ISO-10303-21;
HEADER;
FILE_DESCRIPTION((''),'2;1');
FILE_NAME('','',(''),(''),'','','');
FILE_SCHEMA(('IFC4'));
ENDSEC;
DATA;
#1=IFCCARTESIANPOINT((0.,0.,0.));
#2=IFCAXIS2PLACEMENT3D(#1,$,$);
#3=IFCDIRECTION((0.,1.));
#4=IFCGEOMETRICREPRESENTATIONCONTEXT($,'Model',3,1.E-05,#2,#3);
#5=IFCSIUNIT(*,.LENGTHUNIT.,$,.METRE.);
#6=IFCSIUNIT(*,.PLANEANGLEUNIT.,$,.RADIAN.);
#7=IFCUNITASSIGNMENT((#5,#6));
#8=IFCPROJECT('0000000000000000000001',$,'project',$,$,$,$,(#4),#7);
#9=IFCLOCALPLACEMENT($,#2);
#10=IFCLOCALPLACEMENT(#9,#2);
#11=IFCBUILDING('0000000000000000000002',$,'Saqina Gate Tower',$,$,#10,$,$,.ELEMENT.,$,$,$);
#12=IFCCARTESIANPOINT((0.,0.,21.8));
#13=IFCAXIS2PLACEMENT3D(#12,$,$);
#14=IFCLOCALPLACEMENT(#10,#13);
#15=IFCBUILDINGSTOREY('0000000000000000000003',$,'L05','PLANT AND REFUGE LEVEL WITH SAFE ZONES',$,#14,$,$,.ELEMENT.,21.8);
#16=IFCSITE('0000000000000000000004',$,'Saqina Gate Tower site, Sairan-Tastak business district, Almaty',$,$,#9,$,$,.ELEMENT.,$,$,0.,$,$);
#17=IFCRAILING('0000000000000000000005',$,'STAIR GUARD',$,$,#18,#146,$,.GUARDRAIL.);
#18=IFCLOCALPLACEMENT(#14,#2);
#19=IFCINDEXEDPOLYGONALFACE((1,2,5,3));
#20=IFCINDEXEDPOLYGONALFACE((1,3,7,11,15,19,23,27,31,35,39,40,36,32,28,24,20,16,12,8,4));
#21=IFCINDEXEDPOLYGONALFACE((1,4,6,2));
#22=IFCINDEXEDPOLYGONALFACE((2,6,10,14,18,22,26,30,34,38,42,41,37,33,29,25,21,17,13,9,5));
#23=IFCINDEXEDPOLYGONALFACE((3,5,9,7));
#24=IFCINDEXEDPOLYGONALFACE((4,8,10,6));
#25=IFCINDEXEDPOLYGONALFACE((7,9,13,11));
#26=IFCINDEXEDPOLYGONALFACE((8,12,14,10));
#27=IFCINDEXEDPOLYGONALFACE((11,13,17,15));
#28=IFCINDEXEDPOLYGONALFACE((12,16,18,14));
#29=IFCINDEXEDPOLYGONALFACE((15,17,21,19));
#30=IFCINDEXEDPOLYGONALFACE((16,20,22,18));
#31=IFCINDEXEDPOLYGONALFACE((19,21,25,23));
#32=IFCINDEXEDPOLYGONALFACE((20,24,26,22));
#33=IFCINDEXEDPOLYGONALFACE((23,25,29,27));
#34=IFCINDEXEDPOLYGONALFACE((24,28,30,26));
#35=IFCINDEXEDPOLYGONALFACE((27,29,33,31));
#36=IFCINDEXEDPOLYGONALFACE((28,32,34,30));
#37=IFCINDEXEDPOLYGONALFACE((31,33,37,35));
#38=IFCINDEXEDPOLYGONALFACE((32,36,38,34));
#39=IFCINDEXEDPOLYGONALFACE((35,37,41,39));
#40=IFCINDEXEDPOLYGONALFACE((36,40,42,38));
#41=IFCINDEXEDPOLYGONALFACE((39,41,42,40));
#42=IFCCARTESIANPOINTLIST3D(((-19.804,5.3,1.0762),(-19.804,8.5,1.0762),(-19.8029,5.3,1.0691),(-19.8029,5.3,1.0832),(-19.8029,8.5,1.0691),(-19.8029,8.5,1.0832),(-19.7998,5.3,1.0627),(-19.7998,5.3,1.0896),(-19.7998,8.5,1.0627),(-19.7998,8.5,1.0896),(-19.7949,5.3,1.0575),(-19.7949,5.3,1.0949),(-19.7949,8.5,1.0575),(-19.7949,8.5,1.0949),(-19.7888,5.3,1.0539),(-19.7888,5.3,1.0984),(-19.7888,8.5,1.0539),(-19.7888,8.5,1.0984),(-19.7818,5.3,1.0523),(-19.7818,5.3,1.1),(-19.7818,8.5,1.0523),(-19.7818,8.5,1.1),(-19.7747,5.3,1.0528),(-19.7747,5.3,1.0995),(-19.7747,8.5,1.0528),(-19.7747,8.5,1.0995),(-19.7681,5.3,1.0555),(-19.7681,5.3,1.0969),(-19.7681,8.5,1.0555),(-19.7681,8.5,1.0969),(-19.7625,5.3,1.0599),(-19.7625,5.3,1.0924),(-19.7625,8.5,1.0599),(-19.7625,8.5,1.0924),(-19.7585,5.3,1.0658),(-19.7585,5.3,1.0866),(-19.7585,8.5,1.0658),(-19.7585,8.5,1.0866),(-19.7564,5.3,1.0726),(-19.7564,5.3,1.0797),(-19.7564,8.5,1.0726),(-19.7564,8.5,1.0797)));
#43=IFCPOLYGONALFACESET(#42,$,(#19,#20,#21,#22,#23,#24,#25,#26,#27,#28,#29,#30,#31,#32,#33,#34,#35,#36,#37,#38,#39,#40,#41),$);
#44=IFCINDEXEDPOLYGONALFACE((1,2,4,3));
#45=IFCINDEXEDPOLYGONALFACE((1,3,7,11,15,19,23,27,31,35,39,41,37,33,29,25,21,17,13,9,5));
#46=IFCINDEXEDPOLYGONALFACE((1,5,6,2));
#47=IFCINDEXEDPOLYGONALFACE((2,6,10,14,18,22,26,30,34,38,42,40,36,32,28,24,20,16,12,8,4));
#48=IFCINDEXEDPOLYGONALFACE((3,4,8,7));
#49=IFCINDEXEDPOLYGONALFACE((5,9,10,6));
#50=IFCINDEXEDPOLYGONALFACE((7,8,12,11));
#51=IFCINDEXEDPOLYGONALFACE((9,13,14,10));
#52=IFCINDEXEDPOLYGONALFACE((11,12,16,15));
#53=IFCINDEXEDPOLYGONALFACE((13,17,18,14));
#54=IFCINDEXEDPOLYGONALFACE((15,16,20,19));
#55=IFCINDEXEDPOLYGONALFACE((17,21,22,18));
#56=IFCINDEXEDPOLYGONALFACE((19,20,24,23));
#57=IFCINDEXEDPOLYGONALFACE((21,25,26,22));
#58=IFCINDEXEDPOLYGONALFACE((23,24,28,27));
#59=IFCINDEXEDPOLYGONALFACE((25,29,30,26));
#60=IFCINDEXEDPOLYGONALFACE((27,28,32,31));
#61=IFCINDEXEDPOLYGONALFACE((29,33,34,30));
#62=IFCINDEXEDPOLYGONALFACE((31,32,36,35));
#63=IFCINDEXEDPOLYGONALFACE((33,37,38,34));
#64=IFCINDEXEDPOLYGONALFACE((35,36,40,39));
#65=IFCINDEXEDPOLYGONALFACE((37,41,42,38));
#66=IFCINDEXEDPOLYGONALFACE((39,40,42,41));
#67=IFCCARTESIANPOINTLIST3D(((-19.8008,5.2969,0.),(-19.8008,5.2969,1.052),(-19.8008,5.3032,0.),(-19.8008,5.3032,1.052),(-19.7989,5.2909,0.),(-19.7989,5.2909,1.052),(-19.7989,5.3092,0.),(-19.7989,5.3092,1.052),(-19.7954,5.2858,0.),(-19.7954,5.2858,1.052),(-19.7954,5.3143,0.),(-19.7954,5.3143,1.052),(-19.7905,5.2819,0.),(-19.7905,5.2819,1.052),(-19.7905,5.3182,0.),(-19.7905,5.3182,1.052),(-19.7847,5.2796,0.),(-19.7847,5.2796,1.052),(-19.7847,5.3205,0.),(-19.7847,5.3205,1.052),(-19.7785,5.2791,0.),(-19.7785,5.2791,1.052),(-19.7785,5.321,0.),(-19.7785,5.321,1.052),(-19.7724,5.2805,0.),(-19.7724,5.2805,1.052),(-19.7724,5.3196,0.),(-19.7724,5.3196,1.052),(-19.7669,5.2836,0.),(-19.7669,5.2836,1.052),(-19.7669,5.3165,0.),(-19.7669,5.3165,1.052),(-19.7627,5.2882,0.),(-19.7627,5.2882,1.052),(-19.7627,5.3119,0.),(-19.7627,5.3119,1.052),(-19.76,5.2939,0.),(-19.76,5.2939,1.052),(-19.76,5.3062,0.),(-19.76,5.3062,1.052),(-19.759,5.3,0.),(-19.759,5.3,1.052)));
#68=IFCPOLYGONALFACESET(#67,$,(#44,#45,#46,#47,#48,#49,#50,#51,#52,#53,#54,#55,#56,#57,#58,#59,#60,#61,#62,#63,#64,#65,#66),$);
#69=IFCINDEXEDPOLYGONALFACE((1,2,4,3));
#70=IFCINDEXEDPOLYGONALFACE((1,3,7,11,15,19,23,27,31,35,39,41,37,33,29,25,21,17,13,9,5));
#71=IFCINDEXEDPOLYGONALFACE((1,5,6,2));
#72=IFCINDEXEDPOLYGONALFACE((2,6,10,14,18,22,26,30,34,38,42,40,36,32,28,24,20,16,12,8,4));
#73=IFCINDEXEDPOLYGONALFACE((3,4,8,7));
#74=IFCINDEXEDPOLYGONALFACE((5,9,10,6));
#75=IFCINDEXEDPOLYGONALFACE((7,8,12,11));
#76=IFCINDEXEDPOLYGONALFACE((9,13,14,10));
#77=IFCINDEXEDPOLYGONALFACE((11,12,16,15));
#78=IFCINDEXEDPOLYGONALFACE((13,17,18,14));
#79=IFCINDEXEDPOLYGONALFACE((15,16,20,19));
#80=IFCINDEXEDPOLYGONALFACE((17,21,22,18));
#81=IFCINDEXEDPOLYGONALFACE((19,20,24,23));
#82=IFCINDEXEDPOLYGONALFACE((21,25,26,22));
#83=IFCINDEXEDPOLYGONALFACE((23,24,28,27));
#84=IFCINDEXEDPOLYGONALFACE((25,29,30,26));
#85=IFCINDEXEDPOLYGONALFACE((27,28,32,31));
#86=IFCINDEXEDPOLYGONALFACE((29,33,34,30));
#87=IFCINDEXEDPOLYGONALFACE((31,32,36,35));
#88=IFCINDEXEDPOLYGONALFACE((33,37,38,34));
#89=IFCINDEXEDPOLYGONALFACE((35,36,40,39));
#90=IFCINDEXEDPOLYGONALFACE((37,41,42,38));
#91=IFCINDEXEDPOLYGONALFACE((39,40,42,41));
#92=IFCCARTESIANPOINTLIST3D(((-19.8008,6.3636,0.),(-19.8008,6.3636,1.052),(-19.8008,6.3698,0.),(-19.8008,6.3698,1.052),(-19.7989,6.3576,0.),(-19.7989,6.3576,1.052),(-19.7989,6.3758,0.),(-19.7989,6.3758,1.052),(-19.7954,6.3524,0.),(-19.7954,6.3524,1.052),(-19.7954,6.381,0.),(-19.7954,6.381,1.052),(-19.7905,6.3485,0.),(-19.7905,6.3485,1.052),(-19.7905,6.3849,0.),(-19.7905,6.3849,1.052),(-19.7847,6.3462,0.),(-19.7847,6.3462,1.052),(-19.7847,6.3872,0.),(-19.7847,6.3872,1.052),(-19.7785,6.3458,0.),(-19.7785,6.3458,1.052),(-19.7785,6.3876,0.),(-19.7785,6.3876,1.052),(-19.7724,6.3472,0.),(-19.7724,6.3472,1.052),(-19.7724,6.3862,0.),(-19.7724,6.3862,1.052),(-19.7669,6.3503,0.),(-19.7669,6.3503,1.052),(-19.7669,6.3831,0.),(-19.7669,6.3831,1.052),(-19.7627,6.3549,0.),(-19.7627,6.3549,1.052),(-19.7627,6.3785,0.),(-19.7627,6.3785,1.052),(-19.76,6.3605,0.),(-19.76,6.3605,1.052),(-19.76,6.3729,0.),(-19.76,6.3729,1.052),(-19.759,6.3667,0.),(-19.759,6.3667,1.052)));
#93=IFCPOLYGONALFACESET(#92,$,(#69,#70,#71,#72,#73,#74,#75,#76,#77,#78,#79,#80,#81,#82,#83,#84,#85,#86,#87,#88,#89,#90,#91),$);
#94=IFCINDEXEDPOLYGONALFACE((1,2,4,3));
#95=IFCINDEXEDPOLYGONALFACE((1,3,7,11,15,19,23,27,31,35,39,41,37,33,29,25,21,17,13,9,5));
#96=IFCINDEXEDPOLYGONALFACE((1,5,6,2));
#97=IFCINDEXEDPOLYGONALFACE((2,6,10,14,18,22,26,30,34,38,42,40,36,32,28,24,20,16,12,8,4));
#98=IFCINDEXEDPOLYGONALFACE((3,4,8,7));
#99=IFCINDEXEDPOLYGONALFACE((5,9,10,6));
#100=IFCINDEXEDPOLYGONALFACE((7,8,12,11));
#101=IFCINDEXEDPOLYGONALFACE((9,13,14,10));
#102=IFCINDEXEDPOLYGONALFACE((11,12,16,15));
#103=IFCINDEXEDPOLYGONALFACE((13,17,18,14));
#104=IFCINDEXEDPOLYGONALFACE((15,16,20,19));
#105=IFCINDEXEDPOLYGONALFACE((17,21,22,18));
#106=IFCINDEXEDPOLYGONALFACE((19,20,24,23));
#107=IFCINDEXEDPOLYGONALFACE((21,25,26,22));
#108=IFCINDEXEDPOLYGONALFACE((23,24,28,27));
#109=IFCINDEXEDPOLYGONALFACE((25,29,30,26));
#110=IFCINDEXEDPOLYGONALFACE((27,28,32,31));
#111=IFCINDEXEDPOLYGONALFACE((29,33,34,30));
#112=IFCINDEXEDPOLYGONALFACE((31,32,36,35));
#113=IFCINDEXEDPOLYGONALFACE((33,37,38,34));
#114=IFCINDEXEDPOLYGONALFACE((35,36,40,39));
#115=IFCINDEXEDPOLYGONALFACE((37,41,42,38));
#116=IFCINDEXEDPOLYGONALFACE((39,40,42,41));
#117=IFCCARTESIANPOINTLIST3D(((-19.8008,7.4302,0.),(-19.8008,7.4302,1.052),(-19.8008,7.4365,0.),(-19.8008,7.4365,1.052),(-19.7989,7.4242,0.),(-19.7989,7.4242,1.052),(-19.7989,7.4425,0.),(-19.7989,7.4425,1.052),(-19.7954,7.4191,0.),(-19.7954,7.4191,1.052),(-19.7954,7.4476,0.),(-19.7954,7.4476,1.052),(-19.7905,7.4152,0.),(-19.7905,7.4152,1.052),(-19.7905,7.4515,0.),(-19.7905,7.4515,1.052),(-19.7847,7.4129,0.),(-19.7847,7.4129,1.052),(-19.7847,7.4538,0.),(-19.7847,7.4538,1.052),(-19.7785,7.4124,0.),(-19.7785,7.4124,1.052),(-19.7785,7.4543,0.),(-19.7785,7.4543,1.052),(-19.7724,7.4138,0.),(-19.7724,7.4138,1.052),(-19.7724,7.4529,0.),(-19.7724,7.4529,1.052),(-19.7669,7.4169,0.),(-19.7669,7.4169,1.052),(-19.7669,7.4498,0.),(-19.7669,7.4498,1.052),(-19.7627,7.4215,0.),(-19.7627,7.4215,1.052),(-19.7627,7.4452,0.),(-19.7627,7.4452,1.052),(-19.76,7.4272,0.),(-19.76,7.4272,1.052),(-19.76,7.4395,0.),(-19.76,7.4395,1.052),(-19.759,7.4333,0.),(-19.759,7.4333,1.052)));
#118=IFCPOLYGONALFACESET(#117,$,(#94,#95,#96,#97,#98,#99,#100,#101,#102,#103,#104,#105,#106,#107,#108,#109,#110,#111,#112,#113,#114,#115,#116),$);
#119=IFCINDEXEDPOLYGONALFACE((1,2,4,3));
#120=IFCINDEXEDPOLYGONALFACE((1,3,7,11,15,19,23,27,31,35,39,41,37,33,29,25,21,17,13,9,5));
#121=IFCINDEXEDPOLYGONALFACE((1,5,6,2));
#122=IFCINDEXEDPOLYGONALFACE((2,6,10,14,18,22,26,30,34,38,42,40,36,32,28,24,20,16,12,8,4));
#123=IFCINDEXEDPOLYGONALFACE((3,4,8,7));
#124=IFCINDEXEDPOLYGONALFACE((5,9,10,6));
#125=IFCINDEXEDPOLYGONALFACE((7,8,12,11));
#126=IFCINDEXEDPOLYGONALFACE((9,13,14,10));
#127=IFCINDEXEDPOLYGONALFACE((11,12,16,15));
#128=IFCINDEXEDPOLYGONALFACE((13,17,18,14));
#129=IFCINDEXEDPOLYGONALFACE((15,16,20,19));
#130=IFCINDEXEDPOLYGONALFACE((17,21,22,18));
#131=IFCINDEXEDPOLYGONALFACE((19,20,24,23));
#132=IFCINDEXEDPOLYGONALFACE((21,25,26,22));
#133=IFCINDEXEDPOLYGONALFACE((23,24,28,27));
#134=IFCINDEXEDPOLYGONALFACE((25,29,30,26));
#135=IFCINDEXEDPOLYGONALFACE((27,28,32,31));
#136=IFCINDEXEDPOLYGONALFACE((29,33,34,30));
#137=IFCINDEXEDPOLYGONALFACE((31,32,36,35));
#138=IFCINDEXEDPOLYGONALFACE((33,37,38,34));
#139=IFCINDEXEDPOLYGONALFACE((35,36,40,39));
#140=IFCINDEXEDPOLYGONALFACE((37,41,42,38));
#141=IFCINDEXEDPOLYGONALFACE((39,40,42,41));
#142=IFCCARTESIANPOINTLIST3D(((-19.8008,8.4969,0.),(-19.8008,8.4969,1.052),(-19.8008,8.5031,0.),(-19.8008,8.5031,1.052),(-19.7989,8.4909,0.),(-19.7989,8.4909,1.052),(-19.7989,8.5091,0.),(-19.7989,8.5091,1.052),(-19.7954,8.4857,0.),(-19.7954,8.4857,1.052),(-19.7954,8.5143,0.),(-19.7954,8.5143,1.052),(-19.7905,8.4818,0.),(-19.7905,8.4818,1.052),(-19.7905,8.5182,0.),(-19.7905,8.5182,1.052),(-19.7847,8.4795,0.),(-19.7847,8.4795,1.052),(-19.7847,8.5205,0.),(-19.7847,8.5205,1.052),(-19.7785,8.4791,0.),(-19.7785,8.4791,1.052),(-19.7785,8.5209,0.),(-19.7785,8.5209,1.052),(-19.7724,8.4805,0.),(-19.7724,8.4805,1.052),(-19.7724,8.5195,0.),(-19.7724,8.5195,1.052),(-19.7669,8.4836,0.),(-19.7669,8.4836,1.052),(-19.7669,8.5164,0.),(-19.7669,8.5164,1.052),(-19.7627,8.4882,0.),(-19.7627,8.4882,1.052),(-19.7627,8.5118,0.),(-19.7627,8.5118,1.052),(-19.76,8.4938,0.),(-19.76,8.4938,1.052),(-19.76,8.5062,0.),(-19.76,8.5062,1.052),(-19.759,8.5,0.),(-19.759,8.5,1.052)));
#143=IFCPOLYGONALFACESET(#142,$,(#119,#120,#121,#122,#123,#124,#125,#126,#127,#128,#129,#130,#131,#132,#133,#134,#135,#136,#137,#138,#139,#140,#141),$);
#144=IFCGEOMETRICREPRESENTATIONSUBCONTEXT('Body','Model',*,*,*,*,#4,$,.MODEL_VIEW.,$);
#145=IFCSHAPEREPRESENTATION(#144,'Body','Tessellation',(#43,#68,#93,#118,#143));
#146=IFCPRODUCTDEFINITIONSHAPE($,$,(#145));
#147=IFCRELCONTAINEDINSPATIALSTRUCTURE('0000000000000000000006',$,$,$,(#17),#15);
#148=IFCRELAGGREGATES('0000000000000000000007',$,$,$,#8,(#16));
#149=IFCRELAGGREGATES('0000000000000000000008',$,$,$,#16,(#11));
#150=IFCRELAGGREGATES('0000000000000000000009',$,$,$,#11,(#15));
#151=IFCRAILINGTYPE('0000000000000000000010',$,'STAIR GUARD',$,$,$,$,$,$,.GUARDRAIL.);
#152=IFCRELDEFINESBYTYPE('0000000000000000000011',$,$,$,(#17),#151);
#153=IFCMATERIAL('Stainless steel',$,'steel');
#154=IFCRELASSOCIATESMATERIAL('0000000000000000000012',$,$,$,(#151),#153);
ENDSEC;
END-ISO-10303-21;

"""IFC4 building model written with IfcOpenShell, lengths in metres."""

from ifc_helpers import new_model, si_unit, direction, frame, origin, origin_2d, place, context, subcontext, project, spatial, circle, extrude, material, type_object, element, save


model = new_model("IFC4")

# Units and contexts
model_context = context("Model", 3, precision=1e-05, world=origin(), true_north=direction((0.0, 1.0)))
body_context = subcontext(model_context, "Body", "Model", "MODEL_VIEW")
ifc_project = project(units=[si_unit("LENGTHUNIT", "METRE"), si_unit("PLANEANGLEUNIT", "RADIAN")], contexts=[model_context])

# Site, building, storey
site_placement = place(None, origin())
site = spatial("IfcSite", under=ifc_project, at=site_placement, Name="Saqina Gate Tower site, Sairan-Tastak business district, Almaty", CompositionType="ELEMENT", RefElevation=0.0)
building_placement = place(site_placement, origin())
building = spatial("IfcBuilding", under=site, at=building_placement, Name="Saqina Gate Tower", CompositionType="ELEMENT")
storey_placement = place(building_placement, frame((0.0, 0.0, 21.8)))
storey = spatial("IfcBuildingStorey", under=building, at=storey_placement, Name="L05", Description="PLANT AND REFUGE LEVEL WITH SAFE ZONES", CompositionType="ELEMENT", Elevation=21.8)

# Railing
ifc_material_1 = material(Name="Stainless steel", Category="steel")
railing_type = type_object("IfcRailingType", Name="STAIR GUARD", PredefinedType="GUARDRAIL", material=ifc_material_1)
railing_placement = place(storey_placement, frame((-19.78, 5.3, 0.0)))
element("IfcRailing", 1, at=railing_placement, inside=storey, type_object=railing_type, Name="STAIR GUARD", PredefinedType="GUARDRAIL", context=body_context, shape_type="SweptSolid", body=[
    extrude(circle(Radius=0.0239, at=origin_2d()), frame((0.0, 0.0, 1.0762), z_axis=(0.0, 1.0, 0.0), x_axis=(-1.0, 0.0, 0.0)), (0.0, 0.0, 1.0), 3.2),
    extrude(circle(Radius=0.021, at=origin_2d()), origin(), (0.0, 0.0, 1.0), 1.052),
    extrude(circle(Radius=0.021, at=origin_2d()), frame((0.0, 1.0667, 0.0)), (0.0, 0.0, 1.0), 1.052),
    extrude(circle(Radius=0.021, at=origin_2d()), frame((0.0, 2.1333, 0.0)), (0.0, 0.0, 1.0), 1.052),
    extrude(circle(Radius=0.021, at=origin_2d()), frame((0.0, 3.2, 0.0)), (0.0, 0.0, 1.0), 1.052),
])

save(model, "model.ifc")
